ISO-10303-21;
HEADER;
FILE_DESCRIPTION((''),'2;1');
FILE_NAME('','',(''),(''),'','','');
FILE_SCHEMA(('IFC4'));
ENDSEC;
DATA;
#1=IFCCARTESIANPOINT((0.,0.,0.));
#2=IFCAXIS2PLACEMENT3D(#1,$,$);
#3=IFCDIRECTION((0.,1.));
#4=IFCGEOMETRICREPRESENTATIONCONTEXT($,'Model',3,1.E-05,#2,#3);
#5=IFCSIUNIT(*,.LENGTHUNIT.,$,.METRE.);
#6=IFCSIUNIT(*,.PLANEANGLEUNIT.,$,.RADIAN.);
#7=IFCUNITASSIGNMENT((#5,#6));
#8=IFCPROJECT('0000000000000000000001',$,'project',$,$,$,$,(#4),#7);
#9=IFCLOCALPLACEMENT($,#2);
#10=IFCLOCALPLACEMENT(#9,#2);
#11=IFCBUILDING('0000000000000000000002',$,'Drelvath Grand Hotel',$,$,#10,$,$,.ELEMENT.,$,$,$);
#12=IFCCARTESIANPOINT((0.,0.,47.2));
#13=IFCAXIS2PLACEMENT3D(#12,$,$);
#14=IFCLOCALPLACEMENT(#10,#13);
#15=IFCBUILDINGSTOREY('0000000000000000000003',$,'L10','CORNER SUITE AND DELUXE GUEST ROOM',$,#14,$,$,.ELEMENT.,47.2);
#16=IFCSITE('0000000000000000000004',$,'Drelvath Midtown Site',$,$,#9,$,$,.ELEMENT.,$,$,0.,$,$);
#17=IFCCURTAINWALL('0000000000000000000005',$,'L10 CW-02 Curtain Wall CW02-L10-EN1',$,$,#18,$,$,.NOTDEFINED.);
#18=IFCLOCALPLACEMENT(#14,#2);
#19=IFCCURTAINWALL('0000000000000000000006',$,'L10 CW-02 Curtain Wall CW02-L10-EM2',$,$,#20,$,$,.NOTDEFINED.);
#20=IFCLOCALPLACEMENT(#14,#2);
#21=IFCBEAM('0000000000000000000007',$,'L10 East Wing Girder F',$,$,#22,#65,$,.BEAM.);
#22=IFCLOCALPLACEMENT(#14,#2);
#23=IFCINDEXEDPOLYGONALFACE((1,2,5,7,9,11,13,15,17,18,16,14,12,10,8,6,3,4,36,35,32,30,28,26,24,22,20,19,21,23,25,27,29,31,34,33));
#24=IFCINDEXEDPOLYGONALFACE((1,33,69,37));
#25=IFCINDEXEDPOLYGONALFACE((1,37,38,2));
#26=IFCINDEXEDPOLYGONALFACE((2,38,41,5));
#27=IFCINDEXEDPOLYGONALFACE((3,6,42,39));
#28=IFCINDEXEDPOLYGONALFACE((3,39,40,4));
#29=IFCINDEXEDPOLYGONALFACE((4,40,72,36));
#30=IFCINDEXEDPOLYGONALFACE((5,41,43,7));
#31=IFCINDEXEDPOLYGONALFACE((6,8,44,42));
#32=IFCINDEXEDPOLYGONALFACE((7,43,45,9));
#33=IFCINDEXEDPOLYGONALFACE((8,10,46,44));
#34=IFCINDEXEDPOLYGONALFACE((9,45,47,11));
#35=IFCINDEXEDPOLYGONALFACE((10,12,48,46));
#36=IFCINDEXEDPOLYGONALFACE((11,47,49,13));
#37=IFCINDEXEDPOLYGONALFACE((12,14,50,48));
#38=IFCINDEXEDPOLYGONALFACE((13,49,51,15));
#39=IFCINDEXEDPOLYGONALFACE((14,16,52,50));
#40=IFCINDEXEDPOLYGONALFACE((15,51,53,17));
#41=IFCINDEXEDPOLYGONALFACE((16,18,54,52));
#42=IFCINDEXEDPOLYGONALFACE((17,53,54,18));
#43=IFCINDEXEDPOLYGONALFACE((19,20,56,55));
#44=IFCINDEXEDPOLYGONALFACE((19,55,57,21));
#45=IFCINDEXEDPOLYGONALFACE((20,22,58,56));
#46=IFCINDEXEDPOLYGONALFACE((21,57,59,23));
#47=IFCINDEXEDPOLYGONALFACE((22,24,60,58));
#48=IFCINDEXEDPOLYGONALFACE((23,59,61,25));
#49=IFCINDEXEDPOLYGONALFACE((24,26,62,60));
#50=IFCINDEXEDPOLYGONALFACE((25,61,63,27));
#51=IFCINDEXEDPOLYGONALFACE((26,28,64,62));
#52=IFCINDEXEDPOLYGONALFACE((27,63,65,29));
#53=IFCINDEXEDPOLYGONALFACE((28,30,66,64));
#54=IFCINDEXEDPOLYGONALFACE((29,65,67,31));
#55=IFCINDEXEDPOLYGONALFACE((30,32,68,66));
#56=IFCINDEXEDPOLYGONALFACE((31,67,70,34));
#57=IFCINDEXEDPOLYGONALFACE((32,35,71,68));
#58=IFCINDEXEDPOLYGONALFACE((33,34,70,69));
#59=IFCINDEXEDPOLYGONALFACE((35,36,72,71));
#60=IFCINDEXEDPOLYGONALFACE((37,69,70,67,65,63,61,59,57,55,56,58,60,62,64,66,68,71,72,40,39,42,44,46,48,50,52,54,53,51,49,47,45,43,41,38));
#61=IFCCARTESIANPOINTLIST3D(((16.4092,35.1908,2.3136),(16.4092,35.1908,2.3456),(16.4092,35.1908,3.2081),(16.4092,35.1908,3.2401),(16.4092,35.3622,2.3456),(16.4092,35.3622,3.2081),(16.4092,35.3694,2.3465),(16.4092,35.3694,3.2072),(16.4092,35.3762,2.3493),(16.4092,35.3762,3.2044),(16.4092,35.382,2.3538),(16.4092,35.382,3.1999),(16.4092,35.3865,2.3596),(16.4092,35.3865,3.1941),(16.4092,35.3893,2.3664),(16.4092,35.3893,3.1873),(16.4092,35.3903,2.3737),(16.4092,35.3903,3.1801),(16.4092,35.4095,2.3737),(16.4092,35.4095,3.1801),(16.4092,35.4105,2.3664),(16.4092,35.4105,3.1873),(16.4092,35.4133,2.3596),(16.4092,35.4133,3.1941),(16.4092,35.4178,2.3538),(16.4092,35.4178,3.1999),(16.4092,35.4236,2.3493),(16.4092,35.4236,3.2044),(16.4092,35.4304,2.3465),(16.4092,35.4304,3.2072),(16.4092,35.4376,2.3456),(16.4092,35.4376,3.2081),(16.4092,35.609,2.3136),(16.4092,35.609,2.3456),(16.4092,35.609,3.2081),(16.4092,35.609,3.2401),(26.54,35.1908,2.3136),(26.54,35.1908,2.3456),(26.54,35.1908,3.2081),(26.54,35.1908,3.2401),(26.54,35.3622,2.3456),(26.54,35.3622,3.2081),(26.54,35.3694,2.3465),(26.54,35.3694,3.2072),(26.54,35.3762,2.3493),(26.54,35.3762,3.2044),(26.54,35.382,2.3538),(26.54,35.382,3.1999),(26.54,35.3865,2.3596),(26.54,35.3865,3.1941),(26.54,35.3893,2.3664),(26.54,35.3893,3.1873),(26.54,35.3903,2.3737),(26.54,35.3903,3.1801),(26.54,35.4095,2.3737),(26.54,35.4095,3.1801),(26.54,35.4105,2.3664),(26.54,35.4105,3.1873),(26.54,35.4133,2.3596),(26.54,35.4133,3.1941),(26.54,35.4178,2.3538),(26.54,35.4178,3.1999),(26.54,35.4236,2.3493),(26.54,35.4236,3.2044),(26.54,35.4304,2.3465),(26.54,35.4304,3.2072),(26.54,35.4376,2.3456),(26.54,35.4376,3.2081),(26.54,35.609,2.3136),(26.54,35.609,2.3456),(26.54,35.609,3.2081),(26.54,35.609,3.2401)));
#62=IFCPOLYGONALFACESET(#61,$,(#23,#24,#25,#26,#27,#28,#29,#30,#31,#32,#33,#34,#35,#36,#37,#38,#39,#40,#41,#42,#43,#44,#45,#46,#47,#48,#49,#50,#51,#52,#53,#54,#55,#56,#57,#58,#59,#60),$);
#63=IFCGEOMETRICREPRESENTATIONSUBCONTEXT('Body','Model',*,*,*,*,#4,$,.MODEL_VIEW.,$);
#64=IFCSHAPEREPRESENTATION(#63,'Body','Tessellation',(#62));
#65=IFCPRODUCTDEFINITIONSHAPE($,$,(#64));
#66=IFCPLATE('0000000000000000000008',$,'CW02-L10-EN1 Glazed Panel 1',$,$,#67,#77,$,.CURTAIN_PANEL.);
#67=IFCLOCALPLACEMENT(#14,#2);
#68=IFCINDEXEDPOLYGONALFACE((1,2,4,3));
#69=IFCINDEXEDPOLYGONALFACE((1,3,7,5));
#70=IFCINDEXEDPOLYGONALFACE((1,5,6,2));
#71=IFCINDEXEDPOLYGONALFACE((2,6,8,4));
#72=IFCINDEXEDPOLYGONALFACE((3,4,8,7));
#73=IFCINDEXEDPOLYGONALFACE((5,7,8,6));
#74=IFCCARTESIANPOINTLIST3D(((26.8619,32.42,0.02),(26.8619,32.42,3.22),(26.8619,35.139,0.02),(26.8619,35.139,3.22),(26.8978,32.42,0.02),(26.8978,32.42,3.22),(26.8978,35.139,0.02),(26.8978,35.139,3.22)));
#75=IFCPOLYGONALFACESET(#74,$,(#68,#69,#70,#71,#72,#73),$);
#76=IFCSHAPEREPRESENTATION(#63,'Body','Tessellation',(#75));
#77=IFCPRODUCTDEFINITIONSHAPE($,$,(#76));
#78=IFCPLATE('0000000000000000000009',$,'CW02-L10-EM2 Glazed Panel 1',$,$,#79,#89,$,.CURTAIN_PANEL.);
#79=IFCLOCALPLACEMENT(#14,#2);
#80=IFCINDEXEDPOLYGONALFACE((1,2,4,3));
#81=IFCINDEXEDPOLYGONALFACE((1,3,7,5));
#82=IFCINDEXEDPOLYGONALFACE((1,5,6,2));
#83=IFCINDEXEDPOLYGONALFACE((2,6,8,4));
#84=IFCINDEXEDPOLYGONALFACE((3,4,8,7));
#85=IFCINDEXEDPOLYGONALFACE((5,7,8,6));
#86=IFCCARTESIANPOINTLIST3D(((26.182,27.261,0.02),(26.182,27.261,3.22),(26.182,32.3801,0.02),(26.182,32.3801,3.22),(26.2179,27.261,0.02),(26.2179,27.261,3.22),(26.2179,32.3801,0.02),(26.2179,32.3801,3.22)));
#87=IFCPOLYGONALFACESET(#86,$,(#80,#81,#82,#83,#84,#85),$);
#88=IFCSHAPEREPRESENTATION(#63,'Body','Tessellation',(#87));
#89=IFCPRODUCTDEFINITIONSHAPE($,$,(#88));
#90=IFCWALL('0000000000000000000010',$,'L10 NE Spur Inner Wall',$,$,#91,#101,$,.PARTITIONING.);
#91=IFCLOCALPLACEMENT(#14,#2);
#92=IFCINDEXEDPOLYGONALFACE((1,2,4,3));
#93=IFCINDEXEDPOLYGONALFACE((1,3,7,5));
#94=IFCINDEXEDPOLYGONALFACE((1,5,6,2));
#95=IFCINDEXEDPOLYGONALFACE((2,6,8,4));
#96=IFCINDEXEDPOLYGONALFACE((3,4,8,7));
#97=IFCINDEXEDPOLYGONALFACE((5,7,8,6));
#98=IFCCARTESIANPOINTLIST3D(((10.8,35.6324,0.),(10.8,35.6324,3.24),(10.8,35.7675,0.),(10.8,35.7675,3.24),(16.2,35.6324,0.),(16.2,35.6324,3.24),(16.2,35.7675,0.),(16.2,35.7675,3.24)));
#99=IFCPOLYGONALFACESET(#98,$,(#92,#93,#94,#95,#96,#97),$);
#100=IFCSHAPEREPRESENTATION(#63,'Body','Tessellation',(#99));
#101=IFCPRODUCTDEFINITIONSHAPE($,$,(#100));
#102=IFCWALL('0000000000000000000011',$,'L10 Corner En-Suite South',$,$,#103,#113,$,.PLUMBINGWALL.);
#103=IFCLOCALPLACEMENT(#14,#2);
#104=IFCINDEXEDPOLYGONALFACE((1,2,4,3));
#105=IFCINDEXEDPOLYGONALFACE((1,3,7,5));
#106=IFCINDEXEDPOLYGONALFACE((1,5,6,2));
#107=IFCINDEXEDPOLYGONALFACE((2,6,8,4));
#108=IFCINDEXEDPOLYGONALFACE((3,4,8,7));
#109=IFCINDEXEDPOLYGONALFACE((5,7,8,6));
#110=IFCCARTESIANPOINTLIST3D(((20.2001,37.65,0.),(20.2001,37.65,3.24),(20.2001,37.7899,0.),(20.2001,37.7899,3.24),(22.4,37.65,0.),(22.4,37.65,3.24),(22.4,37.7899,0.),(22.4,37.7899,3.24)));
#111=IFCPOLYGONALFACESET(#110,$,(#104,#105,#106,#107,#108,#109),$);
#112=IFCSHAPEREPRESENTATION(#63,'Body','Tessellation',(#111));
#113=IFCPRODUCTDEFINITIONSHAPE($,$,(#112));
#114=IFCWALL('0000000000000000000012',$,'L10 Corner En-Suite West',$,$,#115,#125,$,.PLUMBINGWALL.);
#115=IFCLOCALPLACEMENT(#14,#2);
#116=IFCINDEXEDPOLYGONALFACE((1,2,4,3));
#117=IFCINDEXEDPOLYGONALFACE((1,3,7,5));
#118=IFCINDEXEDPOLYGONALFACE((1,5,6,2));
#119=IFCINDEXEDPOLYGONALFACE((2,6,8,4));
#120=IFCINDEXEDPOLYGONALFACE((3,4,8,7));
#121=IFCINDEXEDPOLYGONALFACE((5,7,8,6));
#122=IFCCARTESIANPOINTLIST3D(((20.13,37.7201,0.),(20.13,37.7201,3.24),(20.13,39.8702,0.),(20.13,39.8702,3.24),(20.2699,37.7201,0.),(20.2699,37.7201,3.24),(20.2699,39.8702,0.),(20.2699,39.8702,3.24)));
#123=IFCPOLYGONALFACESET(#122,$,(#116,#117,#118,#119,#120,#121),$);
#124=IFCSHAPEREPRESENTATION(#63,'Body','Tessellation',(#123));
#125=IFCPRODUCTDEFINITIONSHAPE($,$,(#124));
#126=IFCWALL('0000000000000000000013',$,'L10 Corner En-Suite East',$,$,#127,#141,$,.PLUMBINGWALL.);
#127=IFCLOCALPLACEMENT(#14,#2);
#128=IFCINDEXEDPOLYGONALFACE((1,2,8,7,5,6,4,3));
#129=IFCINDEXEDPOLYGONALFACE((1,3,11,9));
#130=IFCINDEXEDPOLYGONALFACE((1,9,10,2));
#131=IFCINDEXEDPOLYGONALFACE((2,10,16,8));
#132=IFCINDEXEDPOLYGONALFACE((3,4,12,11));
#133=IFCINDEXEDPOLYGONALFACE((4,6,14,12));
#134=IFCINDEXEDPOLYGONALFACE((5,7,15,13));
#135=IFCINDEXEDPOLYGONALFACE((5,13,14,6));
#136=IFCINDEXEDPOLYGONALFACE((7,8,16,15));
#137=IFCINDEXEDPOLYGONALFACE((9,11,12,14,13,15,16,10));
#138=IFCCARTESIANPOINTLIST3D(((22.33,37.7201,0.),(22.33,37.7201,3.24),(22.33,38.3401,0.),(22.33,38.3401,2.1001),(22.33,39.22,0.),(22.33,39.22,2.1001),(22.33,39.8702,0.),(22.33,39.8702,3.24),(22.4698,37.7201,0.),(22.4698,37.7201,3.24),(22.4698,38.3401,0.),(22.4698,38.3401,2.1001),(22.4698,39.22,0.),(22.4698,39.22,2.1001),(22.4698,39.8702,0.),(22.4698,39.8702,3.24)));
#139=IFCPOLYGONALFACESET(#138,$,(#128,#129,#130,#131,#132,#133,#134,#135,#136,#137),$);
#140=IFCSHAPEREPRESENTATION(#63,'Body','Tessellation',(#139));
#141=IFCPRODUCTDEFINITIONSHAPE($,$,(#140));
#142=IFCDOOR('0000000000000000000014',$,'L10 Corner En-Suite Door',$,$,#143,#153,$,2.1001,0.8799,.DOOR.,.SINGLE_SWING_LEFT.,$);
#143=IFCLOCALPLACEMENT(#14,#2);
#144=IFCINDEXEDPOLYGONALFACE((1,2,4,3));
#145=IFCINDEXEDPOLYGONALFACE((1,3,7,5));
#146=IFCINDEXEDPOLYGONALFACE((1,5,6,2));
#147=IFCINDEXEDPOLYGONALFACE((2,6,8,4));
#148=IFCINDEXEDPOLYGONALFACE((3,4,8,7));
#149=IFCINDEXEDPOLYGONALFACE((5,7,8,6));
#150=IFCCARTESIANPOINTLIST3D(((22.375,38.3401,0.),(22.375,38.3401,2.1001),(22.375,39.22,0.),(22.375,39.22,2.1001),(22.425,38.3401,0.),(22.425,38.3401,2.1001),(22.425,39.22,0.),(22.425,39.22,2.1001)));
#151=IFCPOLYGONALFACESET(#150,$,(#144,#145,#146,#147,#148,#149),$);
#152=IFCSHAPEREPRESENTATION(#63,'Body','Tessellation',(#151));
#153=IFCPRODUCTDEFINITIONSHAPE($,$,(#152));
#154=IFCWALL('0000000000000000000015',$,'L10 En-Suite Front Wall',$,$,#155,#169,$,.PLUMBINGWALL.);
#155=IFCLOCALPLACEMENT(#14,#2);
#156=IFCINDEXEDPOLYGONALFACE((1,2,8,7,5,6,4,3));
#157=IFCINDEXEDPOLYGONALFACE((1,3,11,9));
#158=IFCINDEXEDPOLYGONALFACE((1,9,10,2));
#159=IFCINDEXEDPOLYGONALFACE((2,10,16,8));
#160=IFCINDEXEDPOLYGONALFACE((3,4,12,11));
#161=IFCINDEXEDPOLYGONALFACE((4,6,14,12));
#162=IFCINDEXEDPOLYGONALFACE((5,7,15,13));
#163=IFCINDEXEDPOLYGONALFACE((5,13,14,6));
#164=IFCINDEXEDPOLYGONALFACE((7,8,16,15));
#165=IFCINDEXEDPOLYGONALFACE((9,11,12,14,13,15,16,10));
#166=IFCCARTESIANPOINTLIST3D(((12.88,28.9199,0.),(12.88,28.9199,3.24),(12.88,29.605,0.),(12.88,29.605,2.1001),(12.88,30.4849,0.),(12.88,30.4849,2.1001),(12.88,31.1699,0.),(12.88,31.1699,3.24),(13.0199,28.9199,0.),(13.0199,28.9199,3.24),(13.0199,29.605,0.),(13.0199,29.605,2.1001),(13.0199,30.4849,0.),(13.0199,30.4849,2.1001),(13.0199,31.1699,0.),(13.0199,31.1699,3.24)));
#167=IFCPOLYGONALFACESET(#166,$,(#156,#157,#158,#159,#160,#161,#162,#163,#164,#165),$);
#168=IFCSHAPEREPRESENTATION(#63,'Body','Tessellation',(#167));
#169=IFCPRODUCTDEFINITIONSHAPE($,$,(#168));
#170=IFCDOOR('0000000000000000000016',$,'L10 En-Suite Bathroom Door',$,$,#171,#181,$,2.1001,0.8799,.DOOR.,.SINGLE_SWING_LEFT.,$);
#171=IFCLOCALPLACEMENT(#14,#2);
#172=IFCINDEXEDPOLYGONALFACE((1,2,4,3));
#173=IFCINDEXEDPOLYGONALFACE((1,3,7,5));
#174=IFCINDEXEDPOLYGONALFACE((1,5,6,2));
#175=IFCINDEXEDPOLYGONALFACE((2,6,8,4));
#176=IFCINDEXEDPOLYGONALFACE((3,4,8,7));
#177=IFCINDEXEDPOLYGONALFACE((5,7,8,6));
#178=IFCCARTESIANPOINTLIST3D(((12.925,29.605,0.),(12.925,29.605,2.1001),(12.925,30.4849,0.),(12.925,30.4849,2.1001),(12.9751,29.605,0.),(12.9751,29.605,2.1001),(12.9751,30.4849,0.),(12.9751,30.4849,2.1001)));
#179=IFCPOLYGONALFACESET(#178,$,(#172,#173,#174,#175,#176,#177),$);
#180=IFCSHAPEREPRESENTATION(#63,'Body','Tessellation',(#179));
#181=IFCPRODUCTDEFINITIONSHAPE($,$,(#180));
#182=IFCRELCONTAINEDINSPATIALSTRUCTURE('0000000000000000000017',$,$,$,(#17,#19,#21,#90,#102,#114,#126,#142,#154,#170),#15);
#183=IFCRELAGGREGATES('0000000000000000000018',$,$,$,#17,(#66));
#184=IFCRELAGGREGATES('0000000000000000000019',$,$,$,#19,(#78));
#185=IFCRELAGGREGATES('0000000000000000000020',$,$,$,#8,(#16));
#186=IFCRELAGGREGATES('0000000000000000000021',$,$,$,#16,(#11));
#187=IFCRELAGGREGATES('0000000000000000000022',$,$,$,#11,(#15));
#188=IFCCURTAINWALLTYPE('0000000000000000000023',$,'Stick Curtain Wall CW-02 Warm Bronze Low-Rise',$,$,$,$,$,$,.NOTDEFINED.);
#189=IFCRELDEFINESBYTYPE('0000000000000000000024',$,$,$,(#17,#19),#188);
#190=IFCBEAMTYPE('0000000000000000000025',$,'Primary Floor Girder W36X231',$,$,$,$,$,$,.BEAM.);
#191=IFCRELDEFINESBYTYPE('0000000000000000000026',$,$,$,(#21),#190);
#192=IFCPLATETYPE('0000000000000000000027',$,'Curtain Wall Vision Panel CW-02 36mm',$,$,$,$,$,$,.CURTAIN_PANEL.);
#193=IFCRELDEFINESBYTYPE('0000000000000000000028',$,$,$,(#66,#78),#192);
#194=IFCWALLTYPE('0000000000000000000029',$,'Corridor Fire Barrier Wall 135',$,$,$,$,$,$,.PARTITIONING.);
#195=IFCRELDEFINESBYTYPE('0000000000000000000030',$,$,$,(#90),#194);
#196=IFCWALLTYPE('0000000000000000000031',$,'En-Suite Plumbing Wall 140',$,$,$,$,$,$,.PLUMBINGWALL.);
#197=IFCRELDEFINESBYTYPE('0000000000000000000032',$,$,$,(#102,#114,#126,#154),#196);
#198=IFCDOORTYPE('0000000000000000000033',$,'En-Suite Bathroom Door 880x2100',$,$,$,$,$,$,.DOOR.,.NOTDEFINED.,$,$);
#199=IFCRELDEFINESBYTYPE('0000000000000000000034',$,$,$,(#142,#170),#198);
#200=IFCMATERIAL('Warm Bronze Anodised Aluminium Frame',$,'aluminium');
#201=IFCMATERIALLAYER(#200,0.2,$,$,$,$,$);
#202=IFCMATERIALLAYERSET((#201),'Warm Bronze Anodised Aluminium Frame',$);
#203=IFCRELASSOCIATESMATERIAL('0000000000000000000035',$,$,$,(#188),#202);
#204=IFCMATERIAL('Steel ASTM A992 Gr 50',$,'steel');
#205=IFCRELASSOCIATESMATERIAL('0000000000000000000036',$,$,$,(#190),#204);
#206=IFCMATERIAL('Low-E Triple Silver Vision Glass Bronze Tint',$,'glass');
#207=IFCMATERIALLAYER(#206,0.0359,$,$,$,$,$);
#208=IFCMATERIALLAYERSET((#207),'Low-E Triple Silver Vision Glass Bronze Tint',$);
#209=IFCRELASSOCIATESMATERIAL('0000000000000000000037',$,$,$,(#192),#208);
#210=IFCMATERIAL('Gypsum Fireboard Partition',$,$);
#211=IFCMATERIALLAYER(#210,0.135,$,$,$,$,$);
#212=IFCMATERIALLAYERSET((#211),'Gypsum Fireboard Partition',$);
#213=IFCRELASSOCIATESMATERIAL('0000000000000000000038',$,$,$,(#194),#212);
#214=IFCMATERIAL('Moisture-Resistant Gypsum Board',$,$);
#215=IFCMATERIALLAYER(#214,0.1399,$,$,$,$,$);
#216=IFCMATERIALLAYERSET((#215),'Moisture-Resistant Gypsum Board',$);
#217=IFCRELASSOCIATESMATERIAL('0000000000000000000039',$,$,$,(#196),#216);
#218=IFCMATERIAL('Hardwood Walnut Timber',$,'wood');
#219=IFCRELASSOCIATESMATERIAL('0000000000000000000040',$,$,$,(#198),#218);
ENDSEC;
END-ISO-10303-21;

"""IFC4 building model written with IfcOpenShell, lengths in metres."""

from ifc_helpers import new_model, si_unit, direction, frame, frame_2d, origin, origin_2d, place, context, subcontext, project, spatial, rectangle, i_section, extrude, material, layer, layer_set, material_profile, profile_set, type_object, element, fill, aggregate, save


model = new_model("IFC4")

# Units and contexts
model_context = context("Model", 3, precision=1e-05, world=origin(), true_north=direction((0.0, 1.0)))
body_context = subcontext(model_context, "Body", "Model", "MODEL_VIEW")
ifc_project = project(units=[si_unit("LENGTHUNIT", "METRE"), si_unit("PLANEANGLEUNIT", "RADIAN")], contexts=[model_context])

# Site, building, storey
site_placement = place(None, origin())
site = spatial("IfcSite", under=ifc_project, at=site_placement, Name="Drelvath Midtown Site", CompositionType="ELEMENT", RefElevation=0.0)
building_placement = place(site_placement, origin())
building = spatial("IfcBuilding", under=site, at=building_placement, Name="Drelvath Grand Hotel", CompositionType="ELEMENT")
storey_placement = place(building_placement, frame((0.0, 0.0, 47.2)))
storey = spatial("IfcBuildingStorey", under=building, at=storey_placement, Name="L10", Description="CORNER SUITE AND DELUXE GUEST ROOM", CompositionType="ELEMENT", Elevation=47.2)

# Curtain walls
ifc_material_1 = material(Name="Warm Bronze Anodised Aluminium Frame", Category="aluminium")
ifc_layer_1 = layer(ifc_material_1, 0.2)
ifc_layer_set_1 = layer_set([ifc_layer_1], Name="Warm Bronze Anodised Aluminium Frame")
curtain_wall_type = type_object("IfcCurtainWallType", Name="Stick Curtain Wall CW-02 Warm Bronze Low-Rise", PredefinedType="NOTDEFINED", material=ifc_layer_set_1)
curtain_wall_1_placement = place(storey_placement, origin())
curtain_wall_1 = element("IfcCurtainWall", 1, at=curtain_wall_1_placement, inside=storey, type_object=curtain_wall_type, Name="L10 CW-02 Curtain Wall CW02-L10-EN1", PredefinedType="NOTDEFINED")
curtain_wall_2_placement = place(storey_placement, origin())
curtain_wall_2 = element("IfcCurtainWall", 2, at=curtain_wall_2_placement, inside=storey, type_object=curtain_wall_type, Name="L10 CW-02 Curtain Wall CW02-L10-EM2", PredefinedType="NOTDEFINED")

# Beam
ifc_material_2 = material(Name="Steel ASTM A992 Gr 50", Category="steel")
ifc_material_profile_1 = material_profile(ifc_material_2, i_section(OverallWidth=0.4182, OverallDepth=0.9265, WebThickness=0.0193, FlangeThickness=0.032, FilletRadius=0.0281, at=origin_2d()), Name="W36X231")
ifc_profile_set_1 = profile_set([ifc_material_profile_1], Name="Steel ASTM A992 Gr 50")
beam_type_1 = type_object("IfcBeamType", Name="Primary Floor Girder W36X231", PredefinedType="BEAM", material=ifc_profile_set_1)
beam_1_placement = place(storey_placement, frame((16.4092, 35.3999, 2.7769), z_axis=(1.0, 0.0, 0.0), x_axis=(0.0, 1.0, 0.0)))
element("IfcBeam", 3, at=beam_1_placement, inside=storey, type_object=beam_type_1, Name="L10 East Wing Girder F", PredefinedType="BEAM", context=body_context, shape_type="SweptSolid", body=[
    extrude(i_section(OverallWidth=0.4182, OverallDepth=0.9265, WebThickness=0.0193, FlangeThickness=0.032, FilletRadius=0.0281, at=origin_2d()), origin(), (0.0, 0.0, 1.0), 10.1309),
])

# Plates
ifc_material_3 = material(Name="Low-E Triple Silver Vision Glass Bronze Tint", Category="glass")
ifc_layer_2 = layer(ifc_material_3, 0.0359)
ifc_layer_set_2 = layer_set([ifc_layer_2], Name="Low-E Triple Silver Vision Glass Bronze Tint")
plate_type = type_object("IfcPlateType", Name="Curtain Wall Vision Panel CW-02 36mm", PredefinedType="CURTAIN_PANEL", material=ifc_layer_set_2)
plate_1_placement = place(storey_placement, frame((26.8799, 33.7795, 0.02), z_axis=(0.0, 0.0, 1.0), x_axis=(0.0, -1.0, 0.0)))
plate_1 = element("IfcPlate", 4, at=plate_1_placement, type_object=plate_type, Name="CW02-L10-EN1 Glazed Panel 1", PredefinedType="CURTAIN_PANEL", context=body_context, shape_type="SweptSolid", body=[
    extrude(rectangle(XDim=2.719, YDim=0.0359, at=origin_2d()), origin(), (0.0, 0.0, 1.0), 3.2),
])
aggregate(curtain_wall_1, [plate_1])
plate_2_placement = place(storey_placement, frame((26.2, 29.8206, 0.02), z_axis=(0.0, 0.0, 1.0), x_axis=(0.0, -1.0, 0.0)))
plate_2 = element("IfcPlate", 5, at=plate_2_placement, type_object=plate_type, Name="CW02-L10-EM2 Glazed Panel 1", PredefinedType="CURTAIN_PANEL", context=body_context, shape_type="SweptSolid", body=[
    extrude(rectangle(XDim=5.1191, YDim=0.0359, at=origin_2d()), origin(), (0.0, 0.0, 1.0), 3.2),
])
aggregate(curtain_wall_2, [plate_2])

# Wall
ifc_material_4 = material(Name="Gypsum Fireboard Partition")
ifc_layer_3 = layer(ifc_material_4, 0.135)
ifc_layer_set_3 = layer_set([ifc_layer_3], Name="Gypsum Fireboard Partition")
wall_type_1 = type_object("IfcWallType", Name="Corridor Fire Barrier Wall 135", PredefinedType="PARTITIONING", material=ifc_layer_set_3)
wall_1_placement = place(storey_placement, frame((10.8, 35.7, 0.0), z_axis=(0.0, 0.0, 1.0), x_axis=(1.0, 0.0, 0.0)))
element("IfcWall", 6, at=wall_1_placement, inside=storey, type_object=wall_type_1, Name="L10 NE Spur Inner Wall", PredefinedType="PARTITIONING", context=body_context, shape_type="SweptSolid", body=[
    extrude(rectangle(XDim=5.3999, YDim=0.135, at=frame_2d((2.7, 0.0))), origin(), (0.0, 0.0, 1.0), 3.24),
])

# Shared definitions
ifc_material_5 = material(Name="Hardwood Walnut Timber", Category="wood")

# Walls
ifc_material_6 = material(Name="Moisture-Resistant Gypsum Board")
ifc_layer_4 = layer(ifc_material_6, 0.1399)
ifc_layer_set_4 = layer_set([ifc_layer_4], Name="Moisture-Resistant Gypsum Board")
wall_type_2 = type_object("IfcWallType", Name="En-Suite Plumbing Wall 140", PredefinedType="PLUMBINGWALL", material=ifc_layer_set_4)
wall_2_placement = place(storey_placement, frame((20.2, 37.72, 0.0), z_axis=(0.0, 0.0, 1.0), x_axis=(1.0, 0.0, 0.0)))
element("IfcWall", 7, at=wall_2_placement, inside=storey, type_object=wall_type_2, Name="L10 Corner En-Suite South", PredefinedType="PLUMBINGWALL", context=body_context, shape_type="SweptSolid", body=[
    extrude(rectangle(XDim=2.2, YDim=0.1399, at=frame_2d((1.1001, 0.0))), origin(), (0.0, 0.0, 1.0), 3.24),
])
wall_3_placement = place(storey_placement, frame((20.2, 37.72, 0.0), z_axis=(0.0, 0.0, 1.0), x_axis=(0.0, 1.0, 0.0)))
element("IfcWall", 8, at=wall_3_placement, inside=storey, type_object=wall_type_2, Name="L10 Corner En-Suite West", PredefinedType="PLUMBINGWALL", context=body_context, shape_type="SweptSolid", body=[
    extrude(rectangle(XDim=2.1501, YDim=0.1399, at=frame_2d((1.0752, 0.0))), origin(), (0.0, 0.0, 1.0), 3.24),
])

# Walls, openings, doors
wall_4_placement = place(storey_placement, frame((22.3999, 37.72, 0.0), z_axis=(0.0, 0.0, 1.0), x_axis=(0.0, 1.0, 0.0)))
wall_4 = element("IfcWall", 9, at=wall_4_placement, inside=storey, type_object=wall_type_2, Name="L10 Corner En-Suite East", PredefinedType="PLUMBINGWALL", context=body_context, shape_type="SweptSolid", body=[
    extrude(rectangle(XDim=2.1501, YDim=0.1399, at=frame_2d((1.0752, 0.0))), origin(), (0.0, 0.0, 1.0), 3.24),
])
opening_1_placement = place(wall_4_placement, frame((0.6201, 0.0, 0.0)))
opening_1 = element("IfcOpeningElement", 10, at=opening_1_placement, cuts=wall_4, PredefinedType="OPENING", context=body_context, shape_type="SweptSolid", body=[
    extrude(rectangle(XDim=0.8799, YDim=2.1001, at=frame_2d((0.4399, 1.05))), frame((0.0, 0.0798, 0.0), z_axis=(0.0, -1.0, 0.0), x_axis=(1.0, 0.0, 0.0)), (0.0, 0.0, 1.0), 0.1599),
])
door_type_1 = type_object("IfcDoorType", Name="En-Suite Bathroom Door 880x2100", OperationType="NOTDEFINED", PredefinedType="DOOR", material=ifc_material_5)
door_1_placement = place(opening_1_placement, origin())
door_1 = element("IfcDoor", 11, at=door_1_placement, inside=storey, type_object=door_type_1, Name="L10 Corner En-Suite Door", OperationType="SINGLE_SWING_LEFT", OverallHeight=2.1001, OverallWidth=0.8799, PredefinedType="DOOR", context=body_context, shape_type="SweptSolid", body=[
    extrude(rectangle(XDim=0.8799, YDim=2.1001, at=frame_2d((0.4399, 1.05))), frame((0.0, 0.0249, 0.0), z_axis=(0.0, -1.0, 0.0), x_axis=(1.0, 0.0, 0.0)), (0.0, 0.0, 1.0), 0.05),
])
fill(opening_1, door_1)
wall_5_placement = place(storey_placement, frame((12.95, 28.9199, 0.0), z_axis=(0.0, 0.0, 1.0), x_axis=(0.0, 1.0, 0.0)))
wall_5 = element("IfcWall", 12, at=wall_5_placement, inside=storey, type_object=wall_type_2, Name="L10 En-Suite Front Wall", PredefinedType="PLUMBINGWALL", context=body_context, shape_type="SweptSolid", body=[
    extrude(rectangle(XDim=2.25, YDim=0.1399, at=frame_2d((1.125, 0.0))), origin(), (0.0, 0.0, 1.0), 3.24),
])
opening_2_placement = place(wall_5_placement, frame((0.6851, 0.0, 0.0)))
opening_2 = element("IfcOpeningElement", 13, at=opening_2_placement, cuts=wall_5, PredefinedType="OPENING", context=body_context, shape_type="SweptSolid", body=[
    extrude(rectangle(XDim=0.8799, YDim=2.1001, at=frame_2d((0.4399, 1.05))), frame((0.0, 0.0798, 0.0), z_axis=(0.0, -1.0, 0.0), x_axis=(1.0, 0.0, 0.0)), (0.0, 0.0, 1.0), 0.1599),
])
door_2_placement = place(opening_2_placement, origin())
door_2 = element("IfcDoor", 14, at=door_2_placement, inside=storey, type_object=door_type_1, Name="L10 En-Suite Bathroom Door", OperationType="SINGLE_SWING_LEFT", OverallHeight=2.1001, OverallWidth=0.8799, PredefinedType="DOOR", context=body_context, shape_type="SweptSolid", body=[
    extrude(rectangle(XDim=0.8799, YDim=2.1001, at=frame_2d((0.4399, 1.05))), frame((0.0, 0.0249, 0.0), z_axis=(0.0, -1.0, 0.0), x_axis=(1.0, 0.0, 0.0)), (0.0, 0.0, 1.0), 0.05),
])
fill(opening_2, door_2)

save(model, "model.ifc")
